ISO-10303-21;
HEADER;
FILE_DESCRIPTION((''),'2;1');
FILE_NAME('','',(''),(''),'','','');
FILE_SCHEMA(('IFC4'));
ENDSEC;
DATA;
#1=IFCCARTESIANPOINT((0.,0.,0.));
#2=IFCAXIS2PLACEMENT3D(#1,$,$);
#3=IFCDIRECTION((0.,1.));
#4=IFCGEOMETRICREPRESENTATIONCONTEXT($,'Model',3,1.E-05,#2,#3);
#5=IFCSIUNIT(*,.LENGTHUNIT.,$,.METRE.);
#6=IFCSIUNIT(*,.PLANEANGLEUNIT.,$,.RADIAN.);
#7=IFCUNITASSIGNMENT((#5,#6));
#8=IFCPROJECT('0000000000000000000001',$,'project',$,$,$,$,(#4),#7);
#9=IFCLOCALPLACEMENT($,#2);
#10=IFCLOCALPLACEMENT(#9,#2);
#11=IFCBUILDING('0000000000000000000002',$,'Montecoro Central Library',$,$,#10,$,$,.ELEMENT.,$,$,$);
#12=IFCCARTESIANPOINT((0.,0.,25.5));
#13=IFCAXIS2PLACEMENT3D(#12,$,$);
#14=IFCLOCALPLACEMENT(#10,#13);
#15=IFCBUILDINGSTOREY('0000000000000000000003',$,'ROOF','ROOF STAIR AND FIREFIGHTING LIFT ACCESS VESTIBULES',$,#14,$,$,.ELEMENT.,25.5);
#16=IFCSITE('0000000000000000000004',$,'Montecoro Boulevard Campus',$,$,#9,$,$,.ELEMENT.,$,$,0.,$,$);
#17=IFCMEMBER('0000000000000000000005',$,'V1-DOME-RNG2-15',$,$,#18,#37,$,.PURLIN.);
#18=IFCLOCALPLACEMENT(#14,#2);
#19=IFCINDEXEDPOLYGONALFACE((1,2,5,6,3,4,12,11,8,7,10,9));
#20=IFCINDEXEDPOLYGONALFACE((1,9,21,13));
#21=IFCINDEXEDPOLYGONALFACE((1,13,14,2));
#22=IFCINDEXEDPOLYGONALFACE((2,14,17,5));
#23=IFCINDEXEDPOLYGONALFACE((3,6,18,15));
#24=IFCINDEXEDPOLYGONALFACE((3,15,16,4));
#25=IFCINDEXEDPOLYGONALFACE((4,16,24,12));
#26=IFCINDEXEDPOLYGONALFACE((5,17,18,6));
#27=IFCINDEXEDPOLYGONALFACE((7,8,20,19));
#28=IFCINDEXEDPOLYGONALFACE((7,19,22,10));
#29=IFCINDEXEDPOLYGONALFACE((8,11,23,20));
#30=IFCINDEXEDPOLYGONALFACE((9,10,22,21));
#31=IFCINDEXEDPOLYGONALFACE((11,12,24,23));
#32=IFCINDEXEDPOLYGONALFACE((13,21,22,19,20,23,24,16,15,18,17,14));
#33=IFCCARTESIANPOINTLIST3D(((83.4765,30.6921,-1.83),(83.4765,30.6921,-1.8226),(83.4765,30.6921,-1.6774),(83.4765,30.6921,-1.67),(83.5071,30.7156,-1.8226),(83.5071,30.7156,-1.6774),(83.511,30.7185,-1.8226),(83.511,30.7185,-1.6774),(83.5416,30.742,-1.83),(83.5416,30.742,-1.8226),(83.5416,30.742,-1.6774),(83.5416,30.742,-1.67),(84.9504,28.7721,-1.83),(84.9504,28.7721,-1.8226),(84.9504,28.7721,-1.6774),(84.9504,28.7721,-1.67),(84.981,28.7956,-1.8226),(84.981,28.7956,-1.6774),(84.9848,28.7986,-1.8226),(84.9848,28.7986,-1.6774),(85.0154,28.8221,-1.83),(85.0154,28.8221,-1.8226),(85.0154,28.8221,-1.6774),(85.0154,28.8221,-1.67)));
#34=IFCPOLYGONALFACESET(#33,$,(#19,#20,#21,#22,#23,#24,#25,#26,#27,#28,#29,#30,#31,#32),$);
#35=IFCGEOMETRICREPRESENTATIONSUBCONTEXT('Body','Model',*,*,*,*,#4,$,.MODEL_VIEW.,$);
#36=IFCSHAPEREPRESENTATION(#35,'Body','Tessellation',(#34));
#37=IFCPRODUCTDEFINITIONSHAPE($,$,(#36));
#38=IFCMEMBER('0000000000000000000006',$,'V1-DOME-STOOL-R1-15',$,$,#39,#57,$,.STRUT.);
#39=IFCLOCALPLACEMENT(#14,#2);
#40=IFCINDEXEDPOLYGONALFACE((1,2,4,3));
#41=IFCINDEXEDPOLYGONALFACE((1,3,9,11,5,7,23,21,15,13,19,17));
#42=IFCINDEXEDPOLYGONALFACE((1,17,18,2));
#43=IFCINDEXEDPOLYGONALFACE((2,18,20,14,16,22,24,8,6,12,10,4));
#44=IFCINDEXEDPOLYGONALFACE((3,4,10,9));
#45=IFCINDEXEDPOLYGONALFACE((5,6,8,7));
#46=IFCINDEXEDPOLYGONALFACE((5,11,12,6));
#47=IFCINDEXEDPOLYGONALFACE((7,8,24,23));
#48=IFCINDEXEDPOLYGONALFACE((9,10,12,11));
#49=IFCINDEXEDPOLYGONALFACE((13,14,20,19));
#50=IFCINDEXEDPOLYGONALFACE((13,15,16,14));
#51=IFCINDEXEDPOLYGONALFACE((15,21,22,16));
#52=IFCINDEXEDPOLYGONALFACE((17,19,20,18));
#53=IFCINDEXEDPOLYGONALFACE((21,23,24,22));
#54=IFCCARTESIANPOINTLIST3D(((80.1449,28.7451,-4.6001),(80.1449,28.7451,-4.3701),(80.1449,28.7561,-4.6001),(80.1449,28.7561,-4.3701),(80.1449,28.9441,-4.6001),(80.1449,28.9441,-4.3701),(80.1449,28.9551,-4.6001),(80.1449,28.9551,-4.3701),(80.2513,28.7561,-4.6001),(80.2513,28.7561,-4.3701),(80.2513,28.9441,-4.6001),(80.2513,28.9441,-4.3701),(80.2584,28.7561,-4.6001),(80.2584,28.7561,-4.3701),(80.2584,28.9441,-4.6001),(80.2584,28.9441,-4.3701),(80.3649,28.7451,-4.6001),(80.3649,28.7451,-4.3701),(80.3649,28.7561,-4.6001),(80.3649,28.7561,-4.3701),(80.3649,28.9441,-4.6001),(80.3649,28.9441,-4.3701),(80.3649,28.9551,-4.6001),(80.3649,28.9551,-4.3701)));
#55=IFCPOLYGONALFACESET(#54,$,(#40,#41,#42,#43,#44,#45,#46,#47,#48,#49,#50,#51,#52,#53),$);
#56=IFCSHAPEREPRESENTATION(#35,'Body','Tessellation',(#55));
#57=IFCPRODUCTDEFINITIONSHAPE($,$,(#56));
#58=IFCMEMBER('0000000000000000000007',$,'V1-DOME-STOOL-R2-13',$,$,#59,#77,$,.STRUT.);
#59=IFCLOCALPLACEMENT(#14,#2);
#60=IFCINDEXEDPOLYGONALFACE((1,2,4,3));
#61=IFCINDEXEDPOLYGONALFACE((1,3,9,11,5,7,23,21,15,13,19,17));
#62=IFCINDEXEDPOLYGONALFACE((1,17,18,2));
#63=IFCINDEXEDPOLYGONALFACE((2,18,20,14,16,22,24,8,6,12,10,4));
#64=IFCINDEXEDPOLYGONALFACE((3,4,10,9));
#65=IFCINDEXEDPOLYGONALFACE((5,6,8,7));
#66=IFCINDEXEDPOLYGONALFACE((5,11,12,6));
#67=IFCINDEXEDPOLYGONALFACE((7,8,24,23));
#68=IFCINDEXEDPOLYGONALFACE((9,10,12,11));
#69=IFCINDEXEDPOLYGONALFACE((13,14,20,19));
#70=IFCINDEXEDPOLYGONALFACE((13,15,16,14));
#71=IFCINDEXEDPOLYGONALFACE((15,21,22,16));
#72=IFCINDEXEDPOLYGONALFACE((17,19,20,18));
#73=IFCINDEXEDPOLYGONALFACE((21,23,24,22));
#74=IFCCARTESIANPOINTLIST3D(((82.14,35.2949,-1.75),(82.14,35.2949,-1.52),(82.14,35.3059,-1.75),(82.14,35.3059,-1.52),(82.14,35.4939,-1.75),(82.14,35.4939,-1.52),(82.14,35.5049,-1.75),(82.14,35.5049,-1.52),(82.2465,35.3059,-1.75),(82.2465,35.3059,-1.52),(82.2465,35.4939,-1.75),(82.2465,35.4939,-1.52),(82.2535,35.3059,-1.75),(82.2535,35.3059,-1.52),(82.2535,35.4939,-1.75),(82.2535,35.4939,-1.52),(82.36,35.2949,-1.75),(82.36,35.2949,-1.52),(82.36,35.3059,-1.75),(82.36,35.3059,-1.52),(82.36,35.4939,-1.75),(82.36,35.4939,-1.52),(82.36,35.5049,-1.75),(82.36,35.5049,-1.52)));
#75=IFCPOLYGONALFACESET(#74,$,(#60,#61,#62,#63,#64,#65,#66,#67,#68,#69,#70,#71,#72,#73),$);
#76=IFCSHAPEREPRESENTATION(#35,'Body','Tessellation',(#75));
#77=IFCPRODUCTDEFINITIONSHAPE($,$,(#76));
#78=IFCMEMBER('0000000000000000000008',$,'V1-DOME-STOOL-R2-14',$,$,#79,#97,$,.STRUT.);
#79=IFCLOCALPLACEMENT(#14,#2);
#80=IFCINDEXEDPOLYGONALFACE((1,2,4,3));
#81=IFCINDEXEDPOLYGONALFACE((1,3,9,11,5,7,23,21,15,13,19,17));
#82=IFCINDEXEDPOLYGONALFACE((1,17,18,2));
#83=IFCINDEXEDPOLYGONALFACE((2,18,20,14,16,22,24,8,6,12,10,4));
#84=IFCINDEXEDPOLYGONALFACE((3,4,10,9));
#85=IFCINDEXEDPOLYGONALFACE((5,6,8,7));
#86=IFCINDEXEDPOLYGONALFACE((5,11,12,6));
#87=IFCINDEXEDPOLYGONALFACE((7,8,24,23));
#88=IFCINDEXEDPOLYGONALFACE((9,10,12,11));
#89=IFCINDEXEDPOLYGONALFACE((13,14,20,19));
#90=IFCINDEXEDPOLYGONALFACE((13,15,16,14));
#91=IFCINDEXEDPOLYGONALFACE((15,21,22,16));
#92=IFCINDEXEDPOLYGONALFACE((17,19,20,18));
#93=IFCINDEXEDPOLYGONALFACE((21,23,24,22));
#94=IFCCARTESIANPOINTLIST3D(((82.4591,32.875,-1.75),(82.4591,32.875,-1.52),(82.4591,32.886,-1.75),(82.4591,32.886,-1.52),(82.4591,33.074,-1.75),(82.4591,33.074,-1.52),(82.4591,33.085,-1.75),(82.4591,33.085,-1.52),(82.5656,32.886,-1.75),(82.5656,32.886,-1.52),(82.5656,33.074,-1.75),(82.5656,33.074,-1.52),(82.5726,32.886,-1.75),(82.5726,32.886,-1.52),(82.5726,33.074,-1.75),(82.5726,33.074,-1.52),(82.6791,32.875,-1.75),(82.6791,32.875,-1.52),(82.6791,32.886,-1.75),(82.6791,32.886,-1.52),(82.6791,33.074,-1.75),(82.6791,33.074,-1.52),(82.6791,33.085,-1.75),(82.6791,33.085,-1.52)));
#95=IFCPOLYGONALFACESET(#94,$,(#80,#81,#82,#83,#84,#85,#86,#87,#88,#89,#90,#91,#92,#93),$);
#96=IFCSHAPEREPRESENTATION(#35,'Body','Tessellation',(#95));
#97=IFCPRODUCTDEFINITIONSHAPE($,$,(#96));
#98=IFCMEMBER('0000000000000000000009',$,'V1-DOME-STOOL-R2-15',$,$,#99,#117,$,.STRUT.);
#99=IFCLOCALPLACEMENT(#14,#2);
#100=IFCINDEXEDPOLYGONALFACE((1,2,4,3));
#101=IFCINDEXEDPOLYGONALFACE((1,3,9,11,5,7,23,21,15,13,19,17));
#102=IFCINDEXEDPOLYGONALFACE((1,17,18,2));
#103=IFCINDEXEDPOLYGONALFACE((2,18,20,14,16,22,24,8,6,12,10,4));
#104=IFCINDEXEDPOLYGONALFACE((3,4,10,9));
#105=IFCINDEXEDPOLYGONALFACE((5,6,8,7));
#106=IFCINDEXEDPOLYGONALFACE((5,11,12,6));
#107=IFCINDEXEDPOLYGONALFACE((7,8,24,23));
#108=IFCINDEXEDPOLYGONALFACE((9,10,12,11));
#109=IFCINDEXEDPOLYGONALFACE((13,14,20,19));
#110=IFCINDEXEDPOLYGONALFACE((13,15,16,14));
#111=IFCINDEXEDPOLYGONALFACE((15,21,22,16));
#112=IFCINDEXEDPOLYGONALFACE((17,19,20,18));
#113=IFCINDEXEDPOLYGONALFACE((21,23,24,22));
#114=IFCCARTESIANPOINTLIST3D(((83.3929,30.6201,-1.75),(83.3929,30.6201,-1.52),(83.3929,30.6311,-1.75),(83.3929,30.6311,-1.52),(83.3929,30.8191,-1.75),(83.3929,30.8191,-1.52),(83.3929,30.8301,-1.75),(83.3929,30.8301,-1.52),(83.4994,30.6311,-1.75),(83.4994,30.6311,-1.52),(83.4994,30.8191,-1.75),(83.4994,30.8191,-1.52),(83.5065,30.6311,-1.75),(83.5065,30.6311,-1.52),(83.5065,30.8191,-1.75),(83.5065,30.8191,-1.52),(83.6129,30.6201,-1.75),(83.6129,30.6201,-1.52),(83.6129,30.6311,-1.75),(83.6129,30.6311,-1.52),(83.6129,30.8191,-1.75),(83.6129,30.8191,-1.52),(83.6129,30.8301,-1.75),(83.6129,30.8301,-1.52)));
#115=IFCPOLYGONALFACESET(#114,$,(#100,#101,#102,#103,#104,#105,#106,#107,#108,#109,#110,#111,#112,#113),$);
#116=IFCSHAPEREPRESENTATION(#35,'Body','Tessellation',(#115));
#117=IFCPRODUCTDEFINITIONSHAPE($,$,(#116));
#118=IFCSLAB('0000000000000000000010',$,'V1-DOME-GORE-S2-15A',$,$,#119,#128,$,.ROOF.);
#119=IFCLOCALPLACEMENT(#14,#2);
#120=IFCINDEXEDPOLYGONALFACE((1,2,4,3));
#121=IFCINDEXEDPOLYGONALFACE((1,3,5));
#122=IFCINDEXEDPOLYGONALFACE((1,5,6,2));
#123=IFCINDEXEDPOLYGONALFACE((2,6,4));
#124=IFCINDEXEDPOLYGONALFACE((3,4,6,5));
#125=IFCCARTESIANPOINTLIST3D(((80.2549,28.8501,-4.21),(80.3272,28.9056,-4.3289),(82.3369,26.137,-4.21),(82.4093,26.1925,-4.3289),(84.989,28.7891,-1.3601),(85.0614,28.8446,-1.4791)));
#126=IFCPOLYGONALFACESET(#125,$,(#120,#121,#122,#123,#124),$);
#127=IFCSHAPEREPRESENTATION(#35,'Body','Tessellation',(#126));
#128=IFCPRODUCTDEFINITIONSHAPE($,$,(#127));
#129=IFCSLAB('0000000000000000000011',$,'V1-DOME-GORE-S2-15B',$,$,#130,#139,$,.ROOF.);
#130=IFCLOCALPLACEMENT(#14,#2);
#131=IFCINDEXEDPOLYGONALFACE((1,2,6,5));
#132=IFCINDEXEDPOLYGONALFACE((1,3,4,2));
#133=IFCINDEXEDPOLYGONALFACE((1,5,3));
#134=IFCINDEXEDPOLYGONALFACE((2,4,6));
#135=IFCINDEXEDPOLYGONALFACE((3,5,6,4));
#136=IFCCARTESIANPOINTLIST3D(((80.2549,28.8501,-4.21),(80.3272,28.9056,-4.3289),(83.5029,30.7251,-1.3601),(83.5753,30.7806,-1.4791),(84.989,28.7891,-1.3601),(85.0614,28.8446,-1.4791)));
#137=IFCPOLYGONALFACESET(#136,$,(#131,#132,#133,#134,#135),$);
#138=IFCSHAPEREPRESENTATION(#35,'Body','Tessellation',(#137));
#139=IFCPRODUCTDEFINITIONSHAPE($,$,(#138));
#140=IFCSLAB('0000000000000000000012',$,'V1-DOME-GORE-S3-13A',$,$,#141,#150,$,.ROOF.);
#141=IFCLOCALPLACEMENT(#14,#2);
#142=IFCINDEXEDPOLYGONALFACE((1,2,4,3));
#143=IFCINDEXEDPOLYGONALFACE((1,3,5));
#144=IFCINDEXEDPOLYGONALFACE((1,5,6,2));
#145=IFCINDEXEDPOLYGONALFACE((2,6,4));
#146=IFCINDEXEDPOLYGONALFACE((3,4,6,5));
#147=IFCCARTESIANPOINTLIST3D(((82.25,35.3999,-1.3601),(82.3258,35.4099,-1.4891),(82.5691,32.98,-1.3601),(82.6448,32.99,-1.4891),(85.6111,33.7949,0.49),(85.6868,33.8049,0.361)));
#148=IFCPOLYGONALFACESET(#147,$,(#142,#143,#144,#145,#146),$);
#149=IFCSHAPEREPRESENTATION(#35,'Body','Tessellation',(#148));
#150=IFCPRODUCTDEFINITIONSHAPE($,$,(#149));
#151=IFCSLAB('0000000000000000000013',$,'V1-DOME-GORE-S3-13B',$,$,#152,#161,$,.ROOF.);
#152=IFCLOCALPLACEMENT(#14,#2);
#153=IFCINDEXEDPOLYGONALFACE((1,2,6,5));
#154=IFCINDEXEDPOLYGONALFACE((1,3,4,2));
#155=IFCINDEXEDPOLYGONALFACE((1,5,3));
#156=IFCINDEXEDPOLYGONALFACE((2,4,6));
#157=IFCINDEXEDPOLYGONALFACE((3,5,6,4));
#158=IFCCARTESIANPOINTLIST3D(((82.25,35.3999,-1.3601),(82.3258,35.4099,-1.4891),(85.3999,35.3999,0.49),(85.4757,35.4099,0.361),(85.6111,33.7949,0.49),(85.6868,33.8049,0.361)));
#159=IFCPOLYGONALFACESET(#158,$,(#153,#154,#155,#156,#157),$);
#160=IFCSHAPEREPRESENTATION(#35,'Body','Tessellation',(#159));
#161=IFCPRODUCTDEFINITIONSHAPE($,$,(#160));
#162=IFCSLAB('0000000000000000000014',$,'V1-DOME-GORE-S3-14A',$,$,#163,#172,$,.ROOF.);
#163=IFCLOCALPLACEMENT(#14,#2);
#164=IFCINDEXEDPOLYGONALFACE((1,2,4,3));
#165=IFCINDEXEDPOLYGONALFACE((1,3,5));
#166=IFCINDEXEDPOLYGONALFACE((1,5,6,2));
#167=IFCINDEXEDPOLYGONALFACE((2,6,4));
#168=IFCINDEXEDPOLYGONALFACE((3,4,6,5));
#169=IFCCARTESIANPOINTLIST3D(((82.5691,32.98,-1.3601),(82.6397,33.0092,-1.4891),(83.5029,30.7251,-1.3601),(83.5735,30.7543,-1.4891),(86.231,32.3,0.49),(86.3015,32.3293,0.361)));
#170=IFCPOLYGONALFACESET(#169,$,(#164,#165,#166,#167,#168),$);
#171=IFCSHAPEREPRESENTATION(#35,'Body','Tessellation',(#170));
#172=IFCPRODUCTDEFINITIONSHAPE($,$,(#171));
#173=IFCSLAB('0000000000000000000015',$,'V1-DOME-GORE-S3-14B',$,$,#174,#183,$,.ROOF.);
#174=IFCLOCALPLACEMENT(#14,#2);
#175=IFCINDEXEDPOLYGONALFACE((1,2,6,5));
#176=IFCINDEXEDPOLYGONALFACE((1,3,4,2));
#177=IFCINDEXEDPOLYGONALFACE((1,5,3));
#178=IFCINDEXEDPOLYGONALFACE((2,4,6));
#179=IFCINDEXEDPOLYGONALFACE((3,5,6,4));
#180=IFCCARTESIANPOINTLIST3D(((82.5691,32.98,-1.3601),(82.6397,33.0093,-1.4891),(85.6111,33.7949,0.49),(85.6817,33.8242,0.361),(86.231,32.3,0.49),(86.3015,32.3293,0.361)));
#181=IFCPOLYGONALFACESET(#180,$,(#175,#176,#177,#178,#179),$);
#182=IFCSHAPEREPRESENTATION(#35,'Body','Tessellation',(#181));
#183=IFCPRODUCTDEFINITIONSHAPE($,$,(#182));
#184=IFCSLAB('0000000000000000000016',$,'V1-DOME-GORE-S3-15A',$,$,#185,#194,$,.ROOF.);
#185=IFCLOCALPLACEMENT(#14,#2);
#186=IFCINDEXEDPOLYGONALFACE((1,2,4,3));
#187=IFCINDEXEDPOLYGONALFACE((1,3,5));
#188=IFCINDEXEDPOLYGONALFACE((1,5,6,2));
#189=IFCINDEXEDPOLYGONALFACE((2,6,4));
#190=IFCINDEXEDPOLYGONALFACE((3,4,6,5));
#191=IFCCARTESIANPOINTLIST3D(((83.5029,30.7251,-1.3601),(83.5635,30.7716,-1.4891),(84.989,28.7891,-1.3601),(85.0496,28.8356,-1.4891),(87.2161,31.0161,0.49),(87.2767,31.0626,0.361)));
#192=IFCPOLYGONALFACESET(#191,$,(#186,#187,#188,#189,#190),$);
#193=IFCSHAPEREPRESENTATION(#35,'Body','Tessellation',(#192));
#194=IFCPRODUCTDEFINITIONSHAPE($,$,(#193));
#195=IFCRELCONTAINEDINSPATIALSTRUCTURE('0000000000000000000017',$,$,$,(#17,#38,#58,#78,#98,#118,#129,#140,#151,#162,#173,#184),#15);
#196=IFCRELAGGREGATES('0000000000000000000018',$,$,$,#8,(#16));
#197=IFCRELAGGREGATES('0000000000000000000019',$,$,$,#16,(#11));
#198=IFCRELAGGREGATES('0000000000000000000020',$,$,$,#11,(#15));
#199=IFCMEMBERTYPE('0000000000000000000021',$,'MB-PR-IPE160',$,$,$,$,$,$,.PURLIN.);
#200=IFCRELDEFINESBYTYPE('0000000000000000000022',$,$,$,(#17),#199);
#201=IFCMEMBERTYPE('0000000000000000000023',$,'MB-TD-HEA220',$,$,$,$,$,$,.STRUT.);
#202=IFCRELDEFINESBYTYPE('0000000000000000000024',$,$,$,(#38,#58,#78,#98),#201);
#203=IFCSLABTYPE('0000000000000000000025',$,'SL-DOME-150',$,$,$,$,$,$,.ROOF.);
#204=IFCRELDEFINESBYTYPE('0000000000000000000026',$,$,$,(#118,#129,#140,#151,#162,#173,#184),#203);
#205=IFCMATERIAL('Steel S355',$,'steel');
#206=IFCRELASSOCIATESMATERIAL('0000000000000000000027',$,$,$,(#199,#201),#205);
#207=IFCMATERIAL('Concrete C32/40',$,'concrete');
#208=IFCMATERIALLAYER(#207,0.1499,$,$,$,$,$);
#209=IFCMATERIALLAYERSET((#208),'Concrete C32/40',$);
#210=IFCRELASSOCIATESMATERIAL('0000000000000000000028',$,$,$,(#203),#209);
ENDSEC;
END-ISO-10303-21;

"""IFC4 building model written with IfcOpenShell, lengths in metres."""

from ifc_helpers import new_model, si_unit, direction, frame, origin, origin_2d, place, context, subcontext, project, spatial, polyline, i_section, outline, extrude, material, layer, layer_set, material_profile, profile_set, type_object, element, save


model = new_model("IFC4")

# Units and contexts
model_context = context("Model", 3, precision=1e-05, world=origin(), true_north=direction((0.0, 1.0)))
body_context = subcontext(model_context, "Body", "Model", "MODEL_VIEW")
ifc_project = project(units=[si_unit("LENGTHUNIT", "METRE"), si_unit("PLANEANGLEUNIT", "RADIAN")], contexts=[model_context])

# Site, building, storey
site_placement = place(None, origin())
site = spatial("IfcSite", under=ifc_project, at=site_placement, Name="Montecoro Boulevard Campus", CompositionType="ELEMENT", RefElevation=0.0)
building_placement = place(site_placement, origin())
building = spatial("IfcBuilding", under=site, at=building_placement, Name="Montecoro Central Library", CompositionType="ELEMENT")
storey_placement = place(building_placement, frame((0.0, 0.0, 25.5)))
storey = spatial("IfcBuildingStorey", under=building, at=storey_placement, Name="ROOF", Description="ROOF STAIR AND FIREFIGHTING LIFT ACCESS VESTIBULES", CompositionType="ELEMENT", Elevation=25.5)

# Members
ifc_material_1 = material(Name="Steel S355", Category="steel")
ifc_material_profile_1 = material_profile(ifc_material_1, i_section(OverallWidth=0.082, OverallDepth=0.1599, WebThickness=0.0049, FlangeThickness=0.0073, at=origin_2d()), Name="IPE 160")
ifc_profile_set_1 = profile_set([ifc_material_profile_1], Name="Steel S355")
member_type_1 = type_object("IfcMemberType", Name="MB-PR-IPE160", PredefinedType="PURLIN", material=ifc_profile_set_1)
member_1_placement = place(storey_placement, frame((83.509, 30.717, -1.75), z_axis=(0.608935, -0.79322, 0.0), x_axis=(0.79322, 0.608935, 0.0)))
element("IfcMember", 1, at=member_1_placement, inside=storey, type_object=member_type_1, Name="V1-DOME-RNG2-15", PredefinedType="PURLIN", context=body_context, shape_type="SweptSolid", body=[
    extrude(i_section(OverallWidth=0.082, OverallDepth=0.1599, WebThickness=0.0049, FlangeThickness=0.0073, at=origin_2d()), origin(), (0.0, 0.0, 1.0), 2.4204),
])
ifc_material_profile_2 = material_profile(ifc_material_1, i_section(OverallWidth=0.22, OverallDepth=0.21, WebThickness=0.0071, FlangeThickness=0.011, at=origin_2d()), Name="HEA 220")
ifc_profile_set_2 = profile_set([ifc_material_profile_2], Name="Steel S355")
member_type_2 = type_object("IfcMemberType", Name="MB-TD-HEA220", PredefinedType="STRUT", material=ifc_profile_set_2)
for number, where, z_axis, x_axis, name in (
    (2, (80.2549, 28.8501, -4.6001), (0.0, 0.0, 1.0), (1.0, 0.0, 0.0), "V1-DOME-STOOL-R1-15"),
    (3, (82.25, 35.3999, -1.75), (0.0, 0.0, 1.0), (1.0, 0.0, 0.0), "V1-DOME-STOOL-R2-13"),
    (4, (82.5691, 32.98, -1.75), (0.0, 0.0, 1.0), (1.0, 0.0, 0.0), "V1-DOME-STOOL-R2-14"),
    (5, (83.5029, 30.7251, -1.75), (0.0, 0.0, 1.0), (1.0, 0.0, 0.0), "V1-DOME-STOOL-R2-15"),
):
    element("IfcMember", number, at=place(storey_placement, frame(where, z_axis=z_axis, x_axis=x_axis)), inside=storey, type_object=member_type_2, Name=name, PredefinedType="STRUT", context=body_context, shape_type="SweptSolid", body=[
        extrude(i_section(OverallWidth=0.22, OverallDepth=0.21, WebThickness=0.0071, FlangeThickness=0.011, at=origin_2d()), origin(), (0.0, 0.0, 1.0), 0.23),
    ])

# Slabs
ifc_material_2 = material(Name="Concrete C32/40", Category="concrete")
ifc_layer = layer(ifc_material_2, 0.1499)
ifc_layer_set = layer_set([ifc_layer], Name="Concrete C32/40")
slab_type = type_object("IfcSlabType", Name="SL-DOME-150", PredefinedType="ROOF", material=ifc_layer_set)
slab_1_placement = place(storey_placement, frame((80.2549, 28.8501, -4.21), z_axis=(-0.482575, -0.370323, 0.793714), x_axis=(0.608793, -0.793329, 0.0)))
element("IfcSlab", 6, at=slab_1_placement, inside=storey, type_object=slab_type, Name="V1-DOME-GORE-S2-15A", PredefinedType="ROOF", context=body_context, shape_type="SweptSolid", body=[
    extrude(outline(polyline([(0.0, 0.0), (3.4199, 0.0), (2.9305, 4.685), (0.0, 0.0)])), origin(), (0.0, 0.0, -1.0), 0.1499),
])
slab_2_placement = place(storey_placement, frame((80.2549, 28.8501, -4.21), z_axis=(-0.482558, -0.370408, 0.793685), x_axis=(0.856691, -0.011045, 0.515711)))
element("IfcSlab", 7, at=slab_2_placement, inside=storey, type_object=slab_type, Name="V1-DOME-GORE-S2-15B", PredefinedType="ROOF", context=body_context, shape_type="SweptSolid", body=[
    extrude(outline(polyline([(0.0, 0.0), (5.5261, 0.0), (4.2316, 2.069), (0.0, 0.0)])), origin(), (0.0, 0.0, -1.0), 0.1499),
])
slab_3_placement = place(storey_placement, frame((82.25, 35.3999, -1.3601), z_axis=(-0.505381, -0.06664, 0.860319), x_axis=(0.130729, -0.991418, 0.0)))
element("IfcSlab", 8, at=slab_3_placement, inside=storey, type_object=slab_type, Name="V1-DOME-GORE-S3-13A", PredefinedType="ROOF", context=body_context, shape_type="SweptSolid", body=[
    extrude(outline(polyline([(0.0, 0.0), (2.4409, 0.0), (2.0306, 3.6294), (0.0, 0.0)])), origin(), (0.0, 0.0, -1.0), 0.1499),
])
slab_4_placement = place(storey_placement, frame((82.25, 35.3999, -1.3601), z_axis=(-0.505333, -0.066491, 0.860359), x_axis=(0.808184, -0.385923, 0.444862)))
element("IfcSlab", 9, at=slab_4_placement, inside=storey, type_object=slab_type, Name="V1-DOME-GORE-S3-13B", PredefinedType="ROOF", context=body_context, shape_type="SweptSolid", body=[
    extrude(outline(polyline([(0.0, 0.0), (4.1588, 0.0), (3.3687, 1.4129), (0.0, 0.0)])), origin(), (0.0, 0.0, -1.0), 0.1499),
])
slab_5_placement = place(storey_placement, frame((82.5691, 32.98, -1.3601), z_axis=(-0.470895, -0.195017, 0.860364), x_axis=(0.382626, -0.923903, 0.0)))
element("IfcSlab", 10, at=slab_5_placement, inside=storey, type_object=slab_type, Name="V1-DOME-GORE-S3-14A", PredefinedType="ROOF", context=body_context, shape_type="SweptSolid", body=[
    extrude(outline(polyline([(0.0, 0.0), (2.4406, 0.0), (2.0293, 3.6299), (0.0, 0.0)])), origin(), (0.0, 0.0, -1.0), 0.1499),
])
slab_6_placement = place(storey_placement, frame((82.5691, 32.98, -1.3601), z_axis=(-0.470909, -0.19527, 0.860299), x_axis=(0.88054, -0.163498, 0.444879)))
element("IfcSlab", 11, at=slab_6_placement, inside=storey, type_object=slab_type, Name="V1-DOME-GORE-S3-14B", PredefinedType="ROOF", context=body_context, shape_type="SweptSolid", body=[
    extrude(outline(polyline([(0.0, 0.0), (4.1587, 0.0), (3.3684, 1.4122), (0.0, 0.0)])), origin(), (0.0, 0.0, -1.0), 0.1499),
])
slab_7_placement = place(storey_placement, frame((83.5029, 30.7251, -1.3601), z_axis=(-0.404343, -0.31037, 0.860335), x_axis=(0.608893, -0.793252, 0.0)))
element("IfcSlab", 12, at=slab_7_placement, inside=storey, type_object=slab_type, Name="V1-DOME-GORE-S3-15A", PredefinedType="ROOF", context=body_context, shape_type="SweptSolid", body=[
    extrude(outline(polyline([(0.0, 0.0), (2.4406, 0.0), (2.0301, 3.6296), (0.0, 0.0)])), origin(), (0.0, 0.0, -1.0), 0.1499),
])

save(model, "model.ifc")
